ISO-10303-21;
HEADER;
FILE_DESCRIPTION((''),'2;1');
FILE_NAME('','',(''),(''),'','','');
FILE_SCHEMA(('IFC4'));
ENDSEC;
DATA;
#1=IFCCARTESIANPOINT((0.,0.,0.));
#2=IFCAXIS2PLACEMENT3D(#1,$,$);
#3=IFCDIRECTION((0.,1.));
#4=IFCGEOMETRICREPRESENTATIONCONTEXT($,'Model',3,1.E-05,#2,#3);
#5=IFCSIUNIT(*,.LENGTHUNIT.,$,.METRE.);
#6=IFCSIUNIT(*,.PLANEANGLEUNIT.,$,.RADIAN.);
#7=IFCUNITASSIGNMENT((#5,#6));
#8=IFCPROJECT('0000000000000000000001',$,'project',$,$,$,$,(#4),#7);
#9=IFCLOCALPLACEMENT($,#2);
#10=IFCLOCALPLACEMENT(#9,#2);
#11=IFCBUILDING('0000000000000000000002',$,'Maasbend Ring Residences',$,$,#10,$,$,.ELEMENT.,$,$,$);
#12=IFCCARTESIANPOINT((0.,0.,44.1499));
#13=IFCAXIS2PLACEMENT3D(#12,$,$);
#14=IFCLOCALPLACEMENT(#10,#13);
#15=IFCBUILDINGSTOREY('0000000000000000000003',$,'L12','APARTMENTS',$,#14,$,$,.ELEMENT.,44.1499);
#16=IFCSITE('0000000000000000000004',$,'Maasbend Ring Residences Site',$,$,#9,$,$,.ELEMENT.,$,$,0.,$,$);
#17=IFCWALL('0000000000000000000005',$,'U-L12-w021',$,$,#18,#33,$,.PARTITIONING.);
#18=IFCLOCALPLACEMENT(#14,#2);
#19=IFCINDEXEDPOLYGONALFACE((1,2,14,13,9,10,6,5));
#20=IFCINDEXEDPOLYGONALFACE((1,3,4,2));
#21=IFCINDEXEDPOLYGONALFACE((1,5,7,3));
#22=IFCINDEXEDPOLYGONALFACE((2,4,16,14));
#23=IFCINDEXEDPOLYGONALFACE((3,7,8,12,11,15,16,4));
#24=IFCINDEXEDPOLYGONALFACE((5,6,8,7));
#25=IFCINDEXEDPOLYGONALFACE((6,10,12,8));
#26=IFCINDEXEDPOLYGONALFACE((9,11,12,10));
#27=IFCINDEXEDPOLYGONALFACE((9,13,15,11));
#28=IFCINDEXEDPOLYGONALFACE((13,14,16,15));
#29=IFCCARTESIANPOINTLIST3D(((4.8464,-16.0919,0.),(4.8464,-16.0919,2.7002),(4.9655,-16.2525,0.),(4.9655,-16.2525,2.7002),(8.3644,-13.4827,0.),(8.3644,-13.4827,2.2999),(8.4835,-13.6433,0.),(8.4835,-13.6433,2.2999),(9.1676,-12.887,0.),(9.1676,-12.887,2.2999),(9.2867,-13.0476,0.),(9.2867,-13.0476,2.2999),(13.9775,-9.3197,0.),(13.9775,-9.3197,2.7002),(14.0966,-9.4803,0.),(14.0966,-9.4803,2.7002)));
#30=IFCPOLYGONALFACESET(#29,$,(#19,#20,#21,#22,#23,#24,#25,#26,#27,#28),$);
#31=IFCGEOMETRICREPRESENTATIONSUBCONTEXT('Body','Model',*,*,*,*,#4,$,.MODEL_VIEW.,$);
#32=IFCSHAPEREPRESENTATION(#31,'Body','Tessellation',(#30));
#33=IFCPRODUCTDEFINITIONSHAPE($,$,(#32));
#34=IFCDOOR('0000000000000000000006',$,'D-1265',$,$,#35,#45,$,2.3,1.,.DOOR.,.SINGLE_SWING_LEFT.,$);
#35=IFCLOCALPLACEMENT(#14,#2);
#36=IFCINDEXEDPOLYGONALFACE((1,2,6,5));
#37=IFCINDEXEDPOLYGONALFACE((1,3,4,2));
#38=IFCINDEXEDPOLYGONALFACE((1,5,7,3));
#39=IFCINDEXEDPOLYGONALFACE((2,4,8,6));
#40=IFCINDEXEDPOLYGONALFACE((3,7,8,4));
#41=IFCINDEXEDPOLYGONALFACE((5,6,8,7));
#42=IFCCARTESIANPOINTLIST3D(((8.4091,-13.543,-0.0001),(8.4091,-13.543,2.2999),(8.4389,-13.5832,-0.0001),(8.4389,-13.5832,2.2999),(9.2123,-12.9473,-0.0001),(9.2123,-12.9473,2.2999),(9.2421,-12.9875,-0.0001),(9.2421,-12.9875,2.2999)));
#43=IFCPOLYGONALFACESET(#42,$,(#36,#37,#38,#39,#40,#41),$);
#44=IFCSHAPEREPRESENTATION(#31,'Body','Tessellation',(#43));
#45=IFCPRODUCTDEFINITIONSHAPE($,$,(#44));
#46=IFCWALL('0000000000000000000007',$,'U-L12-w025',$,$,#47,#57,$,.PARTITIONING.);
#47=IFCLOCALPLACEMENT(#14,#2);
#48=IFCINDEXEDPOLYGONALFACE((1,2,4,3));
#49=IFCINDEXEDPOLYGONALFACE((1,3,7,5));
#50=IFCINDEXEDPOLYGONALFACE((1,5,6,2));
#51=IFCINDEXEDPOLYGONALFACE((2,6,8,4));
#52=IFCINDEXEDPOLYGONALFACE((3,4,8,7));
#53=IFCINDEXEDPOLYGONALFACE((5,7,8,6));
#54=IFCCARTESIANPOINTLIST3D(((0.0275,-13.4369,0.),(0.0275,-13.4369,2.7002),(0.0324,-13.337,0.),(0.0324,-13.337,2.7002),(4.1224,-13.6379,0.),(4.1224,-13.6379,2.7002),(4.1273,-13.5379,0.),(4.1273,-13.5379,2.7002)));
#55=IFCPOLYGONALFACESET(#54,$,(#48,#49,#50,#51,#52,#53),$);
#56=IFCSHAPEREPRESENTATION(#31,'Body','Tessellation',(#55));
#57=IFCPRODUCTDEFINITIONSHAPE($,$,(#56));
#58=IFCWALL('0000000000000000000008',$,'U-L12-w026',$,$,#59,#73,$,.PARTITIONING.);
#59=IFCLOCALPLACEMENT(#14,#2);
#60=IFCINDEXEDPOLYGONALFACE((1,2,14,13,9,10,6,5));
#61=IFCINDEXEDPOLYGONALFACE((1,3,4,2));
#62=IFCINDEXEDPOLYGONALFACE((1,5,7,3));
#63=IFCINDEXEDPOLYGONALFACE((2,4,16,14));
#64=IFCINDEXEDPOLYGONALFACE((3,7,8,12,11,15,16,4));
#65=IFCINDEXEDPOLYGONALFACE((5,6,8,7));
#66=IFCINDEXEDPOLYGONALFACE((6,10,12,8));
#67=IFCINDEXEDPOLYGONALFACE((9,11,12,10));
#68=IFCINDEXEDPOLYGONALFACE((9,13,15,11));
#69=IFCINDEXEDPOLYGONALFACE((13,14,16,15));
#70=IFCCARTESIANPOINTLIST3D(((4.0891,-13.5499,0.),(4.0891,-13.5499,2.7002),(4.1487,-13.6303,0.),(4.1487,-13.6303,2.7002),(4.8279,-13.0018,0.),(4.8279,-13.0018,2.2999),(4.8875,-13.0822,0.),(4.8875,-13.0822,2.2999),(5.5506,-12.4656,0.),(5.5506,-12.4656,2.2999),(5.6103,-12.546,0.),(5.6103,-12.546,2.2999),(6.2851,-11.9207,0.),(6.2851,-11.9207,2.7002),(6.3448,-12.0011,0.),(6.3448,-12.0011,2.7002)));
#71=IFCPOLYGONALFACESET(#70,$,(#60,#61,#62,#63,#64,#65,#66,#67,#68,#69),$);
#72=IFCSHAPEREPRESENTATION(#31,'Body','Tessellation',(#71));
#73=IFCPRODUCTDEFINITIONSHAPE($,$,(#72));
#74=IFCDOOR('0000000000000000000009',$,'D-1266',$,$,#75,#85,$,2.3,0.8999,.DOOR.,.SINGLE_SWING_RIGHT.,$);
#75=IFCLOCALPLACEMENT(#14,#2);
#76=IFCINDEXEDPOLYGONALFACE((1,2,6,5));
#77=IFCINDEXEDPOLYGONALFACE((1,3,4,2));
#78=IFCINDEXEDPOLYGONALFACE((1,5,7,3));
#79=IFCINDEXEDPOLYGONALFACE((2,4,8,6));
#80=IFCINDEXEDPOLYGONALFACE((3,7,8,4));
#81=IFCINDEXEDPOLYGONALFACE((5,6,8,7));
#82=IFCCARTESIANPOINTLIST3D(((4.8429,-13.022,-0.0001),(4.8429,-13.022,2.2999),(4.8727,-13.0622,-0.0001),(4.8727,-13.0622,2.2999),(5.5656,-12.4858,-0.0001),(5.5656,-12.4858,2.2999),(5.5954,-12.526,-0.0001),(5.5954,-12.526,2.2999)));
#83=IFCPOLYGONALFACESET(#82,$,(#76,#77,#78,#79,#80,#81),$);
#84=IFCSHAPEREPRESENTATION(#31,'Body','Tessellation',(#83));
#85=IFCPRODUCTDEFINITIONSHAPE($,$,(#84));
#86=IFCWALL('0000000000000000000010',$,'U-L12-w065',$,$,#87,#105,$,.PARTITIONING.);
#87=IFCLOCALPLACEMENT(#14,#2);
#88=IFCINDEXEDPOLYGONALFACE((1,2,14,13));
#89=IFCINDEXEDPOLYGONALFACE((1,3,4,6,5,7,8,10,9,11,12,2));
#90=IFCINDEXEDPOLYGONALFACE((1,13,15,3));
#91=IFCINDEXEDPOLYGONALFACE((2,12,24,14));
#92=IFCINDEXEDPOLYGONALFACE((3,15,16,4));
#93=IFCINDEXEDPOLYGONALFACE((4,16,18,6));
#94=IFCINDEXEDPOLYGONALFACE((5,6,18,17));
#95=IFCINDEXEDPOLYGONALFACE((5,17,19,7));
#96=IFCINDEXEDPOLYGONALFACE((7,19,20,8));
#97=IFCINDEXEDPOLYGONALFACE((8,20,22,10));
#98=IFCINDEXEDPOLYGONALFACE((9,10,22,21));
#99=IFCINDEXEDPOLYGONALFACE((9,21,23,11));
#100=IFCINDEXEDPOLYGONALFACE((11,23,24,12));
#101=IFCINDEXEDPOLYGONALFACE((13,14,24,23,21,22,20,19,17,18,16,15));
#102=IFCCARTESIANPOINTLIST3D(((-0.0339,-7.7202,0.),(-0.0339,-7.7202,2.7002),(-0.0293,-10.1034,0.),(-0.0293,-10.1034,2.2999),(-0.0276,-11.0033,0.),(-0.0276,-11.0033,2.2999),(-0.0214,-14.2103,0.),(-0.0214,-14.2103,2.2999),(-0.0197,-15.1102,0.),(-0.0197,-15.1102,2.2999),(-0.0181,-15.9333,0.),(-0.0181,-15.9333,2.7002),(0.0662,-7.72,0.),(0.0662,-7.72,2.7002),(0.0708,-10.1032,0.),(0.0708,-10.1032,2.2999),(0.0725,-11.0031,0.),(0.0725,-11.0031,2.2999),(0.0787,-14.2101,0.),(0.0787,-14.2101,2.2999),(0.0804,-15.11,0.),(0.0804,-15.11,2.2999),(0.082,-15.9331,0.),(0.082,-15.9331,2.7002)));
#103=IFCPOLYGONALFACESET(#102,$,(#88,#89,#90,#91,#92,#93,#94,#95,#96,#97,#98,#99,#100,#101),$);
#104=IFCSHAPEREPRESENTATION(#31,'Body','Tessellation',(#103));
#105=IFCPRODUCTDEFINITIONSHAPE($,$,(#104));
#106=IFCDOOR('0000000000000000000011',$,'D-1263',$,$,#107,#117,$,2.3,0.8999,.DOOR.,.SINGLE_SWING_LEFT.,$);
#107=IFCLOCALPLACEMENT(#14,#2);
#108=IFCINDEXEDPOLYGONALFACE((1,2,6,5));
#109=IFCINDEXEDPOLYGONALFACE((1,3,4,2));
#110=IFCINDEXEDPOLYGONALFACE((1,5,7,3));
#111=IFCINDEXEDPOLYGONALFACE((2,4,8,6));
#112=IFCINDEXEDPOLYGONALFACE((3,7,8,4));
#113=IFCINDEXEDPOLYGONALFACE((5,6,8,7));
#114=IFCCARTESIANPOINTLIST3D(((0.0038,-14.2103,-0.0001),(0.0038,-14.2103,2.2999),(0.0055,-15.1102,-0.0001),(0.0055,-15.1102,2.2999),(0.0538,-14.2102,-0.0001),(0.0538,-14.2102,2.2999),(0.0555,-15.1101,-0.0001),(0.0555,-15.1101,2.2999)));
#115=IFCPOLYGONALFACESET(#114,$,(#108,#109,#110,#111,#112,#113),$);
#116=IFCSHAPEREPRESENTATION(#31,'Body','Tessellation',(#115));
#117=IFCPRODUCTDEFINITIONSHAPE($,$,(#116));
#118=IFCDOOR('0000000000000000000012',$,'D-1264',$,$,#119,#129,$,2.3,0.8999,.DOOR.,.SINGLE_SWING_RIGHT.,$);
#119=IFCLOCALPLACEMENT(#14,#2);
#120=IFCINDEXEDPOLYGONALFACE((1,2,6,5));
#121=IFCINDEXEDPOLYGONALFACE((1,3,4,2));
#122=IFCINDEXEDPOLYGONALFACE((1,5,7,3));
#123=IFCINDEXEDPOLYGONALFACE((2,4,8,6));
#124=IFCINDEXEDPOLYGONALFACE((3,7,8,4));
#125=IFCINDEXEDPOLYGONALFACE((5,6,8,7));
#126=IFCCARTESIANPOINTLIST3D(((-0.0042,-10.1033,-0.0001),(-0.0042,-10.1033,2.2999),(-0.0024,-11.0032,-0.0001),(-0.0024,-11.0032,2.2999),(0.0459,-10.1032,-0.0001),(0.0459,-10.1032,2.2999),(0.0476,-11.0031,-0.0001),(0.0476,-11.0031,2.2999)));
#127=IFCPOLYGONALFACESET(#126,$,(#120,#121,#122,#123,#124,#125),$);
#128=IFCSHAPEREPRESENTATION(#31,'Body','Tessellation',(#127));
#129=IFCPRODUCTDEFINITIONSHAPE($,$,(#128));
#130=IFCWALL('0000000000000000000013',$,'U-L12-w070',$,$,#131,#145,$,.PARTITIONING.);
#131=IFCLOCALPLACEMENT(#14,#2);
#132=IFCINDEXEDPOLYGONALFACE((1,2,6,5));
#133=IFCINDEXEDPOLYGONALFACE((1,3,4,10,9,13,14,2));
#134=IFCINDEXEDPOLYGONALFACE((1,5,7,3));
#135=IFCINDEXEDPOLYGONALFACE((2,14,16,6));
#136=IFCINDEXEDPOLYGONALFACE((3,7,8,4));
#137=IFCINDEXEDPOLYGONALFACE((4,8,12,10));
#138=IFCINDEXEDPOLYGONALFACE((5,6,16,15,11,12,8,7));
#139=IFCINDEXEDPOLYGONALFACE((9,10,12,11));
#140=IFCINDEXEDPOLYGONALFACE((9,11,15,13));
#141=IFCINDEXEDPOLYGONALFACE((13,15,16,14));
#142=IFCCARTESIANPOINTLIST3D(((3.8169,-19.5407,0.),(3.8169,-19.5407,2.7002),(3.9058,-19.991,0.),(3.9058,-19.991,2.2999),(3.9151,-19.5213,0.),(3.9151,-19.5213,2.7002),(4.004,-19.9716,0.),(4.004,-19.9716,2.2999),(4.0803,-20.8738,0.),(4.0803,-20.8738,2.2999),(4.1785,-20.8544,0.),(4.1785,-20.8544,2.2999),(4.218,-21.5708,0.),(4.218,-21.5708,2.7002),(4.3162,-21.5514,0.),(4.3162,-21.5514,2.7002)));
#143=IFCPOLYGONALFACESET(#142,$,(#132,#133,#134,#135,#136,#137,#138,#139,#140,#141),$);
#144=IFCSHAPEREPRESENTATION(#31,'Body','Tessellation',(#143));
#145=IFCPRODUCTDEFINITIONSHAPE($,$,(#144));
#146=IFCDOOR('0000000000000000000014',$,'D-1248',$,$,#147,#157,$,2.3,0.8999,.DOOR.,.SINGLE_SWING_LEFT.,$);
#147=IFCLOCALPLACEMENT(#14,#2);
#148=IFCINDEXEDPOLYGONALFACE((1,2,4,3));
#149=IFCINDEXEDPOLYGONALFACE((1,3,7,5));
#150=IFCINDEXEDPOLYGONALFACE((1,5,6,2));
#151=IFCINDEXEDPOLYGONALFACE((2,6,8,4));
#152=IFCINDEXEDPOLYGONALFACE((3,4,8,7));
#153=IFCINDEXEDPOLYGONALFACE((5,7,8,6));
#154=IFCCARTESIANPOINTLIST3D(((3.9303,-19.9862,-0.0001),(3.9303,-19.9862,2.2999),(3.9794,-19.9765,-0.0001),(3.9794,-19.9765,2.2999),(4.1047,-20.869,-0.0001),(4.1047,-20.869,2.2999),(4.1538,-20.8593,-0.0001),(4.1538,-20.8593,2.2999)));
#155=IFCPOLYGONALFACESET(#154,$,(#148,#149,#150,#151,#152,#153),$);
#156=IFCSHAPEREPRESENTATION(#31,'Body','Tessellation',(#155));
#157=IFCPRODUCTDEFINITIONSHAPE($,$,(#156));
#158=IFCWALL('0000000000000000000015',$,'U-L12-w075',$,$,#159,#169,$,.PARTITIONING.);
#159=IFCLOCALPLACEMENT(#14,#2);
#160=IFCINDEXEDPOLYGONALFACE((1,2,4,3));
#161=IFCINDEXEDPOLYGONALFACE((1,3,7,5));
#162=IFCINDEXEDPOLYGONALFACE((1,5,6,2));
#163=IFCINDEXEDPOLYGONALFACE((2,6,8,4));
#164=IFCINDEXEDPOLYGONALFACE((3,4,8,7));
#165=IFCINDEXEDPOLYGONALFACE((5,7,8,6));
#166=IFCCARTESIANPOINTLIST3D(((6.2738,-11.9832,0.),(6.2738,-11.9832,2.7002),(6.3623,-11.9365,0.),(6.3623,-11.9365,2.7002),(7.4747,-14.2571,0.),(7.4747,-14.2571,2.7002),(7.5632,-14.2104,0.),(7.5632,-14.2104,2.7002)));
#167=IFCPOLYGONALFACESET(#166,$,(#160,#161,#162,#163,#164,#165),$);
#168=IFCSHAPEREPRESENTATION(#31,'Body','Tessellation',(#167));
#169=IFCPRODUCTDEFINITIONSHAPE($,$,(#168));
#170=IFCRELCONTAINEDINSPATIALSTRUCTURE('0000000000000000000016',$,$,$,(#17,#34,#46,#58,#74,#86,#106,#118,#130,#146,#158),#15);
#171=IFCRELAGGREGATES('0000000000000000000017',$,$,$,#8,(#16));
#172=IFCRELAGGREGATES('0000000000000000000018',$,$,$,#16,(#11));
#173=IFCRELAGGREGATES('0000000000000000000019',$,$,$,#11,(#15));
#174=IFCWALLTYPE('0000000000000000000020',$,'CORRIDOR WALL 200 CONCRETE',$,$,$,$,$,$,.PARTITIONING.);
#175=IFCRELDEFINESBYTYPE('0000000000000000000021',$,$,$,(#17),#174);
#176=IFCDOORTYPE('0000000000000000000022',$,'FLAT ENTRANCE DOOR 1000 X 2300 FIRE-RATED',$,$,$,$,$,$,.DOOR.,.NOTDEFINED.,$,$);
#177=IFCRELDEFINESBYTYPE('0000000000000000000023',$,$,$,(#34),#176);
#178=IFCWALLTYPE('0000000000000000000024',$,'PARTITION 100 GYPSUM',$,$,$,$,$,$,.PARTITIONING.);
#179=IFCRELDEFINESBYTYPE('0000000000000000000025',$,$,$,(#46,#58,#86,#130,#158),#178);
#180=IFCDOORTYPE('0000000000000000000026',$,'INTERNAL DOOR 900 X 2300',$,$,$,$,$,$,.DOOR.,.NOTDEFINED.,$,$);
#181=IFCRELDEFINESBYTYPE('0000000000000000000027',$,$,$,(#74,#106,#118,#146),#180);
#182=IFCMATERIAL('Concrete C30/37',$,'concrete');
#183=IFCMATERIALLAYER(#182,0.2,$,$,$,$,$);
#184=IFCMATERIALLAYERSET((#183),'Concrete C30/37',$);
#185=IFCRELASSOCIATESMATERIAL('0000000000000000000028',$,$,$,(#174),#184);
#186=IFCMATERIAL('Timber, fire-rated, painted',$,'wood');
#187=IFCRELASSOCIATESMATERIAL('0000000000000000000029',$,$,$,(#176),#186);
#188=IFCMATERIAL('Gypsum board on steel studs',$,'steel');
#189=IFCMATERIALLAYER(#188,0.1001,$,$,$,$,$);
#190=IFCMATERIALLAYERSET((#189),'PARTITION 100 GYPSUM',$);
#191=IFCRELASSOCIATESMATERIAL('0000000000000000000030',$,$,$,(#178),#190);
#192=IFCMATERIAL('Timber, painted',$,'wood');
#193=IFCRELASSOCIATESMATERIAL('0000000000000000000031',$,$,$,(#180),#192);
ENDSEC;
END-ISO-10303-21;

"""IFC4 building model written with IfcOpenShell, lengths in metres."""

from ifc_helpers import new_model, si_unit, direction, frame, frame_2d, origin, place, context, subcontext, project, spatial, rectangle, extrude, material, layer, layer_set, type_object, element, fill, save


model = new_model("IFC4")

# Units and contexts
model_context = context("Model", 3, precision=1e-05, world=origin(), true_north=direction((0.0, 1.0)))
body_context = subcontext(model_context, "Body", "Model", "MODEL_VIEW")
ifc_project = project(units=[si_unit("LENGTHUNIT", "METRE"), si_unit("PLANEANGLEUNIT", "RADIAN")], contexts=[model_context])

# Site, building, storey
site_placement = place(None, origin())
site = spatial("IfcSite", under=ifc_project, at=site_placement, Name="Maasbend Ring Residences Site", CompositionType="ELEMENT", RefElevation=0.0)
building_placement = place(site_placement, origin())
building = spatial("IfcBuilding", under=site, at=building_placement, Name="Maasbend Ring Residences", CompositionType="ELEMENT")
storey_placement = place(building_placement, frame((0.0, 0.0, 44.1499)))
storey = spatial("IfcBuildingStorey", under=building, at=storey_placement, Name="L12", Description="APARTMENTS", CompositionType="ELEMENT", Elevation=44.1499)

# Shared definitions
ifc_material_1 = material(Name="Concrete C30/37", Category="concrete")
ifc_layer_1 = layer(ifc_material_1, 0.2)
ifc_layer_set_1 = layer_set([ifc_layer_1], Name="Concrete C30/37")
wall_type_1 = type_object("IfcWallType", Name="CORRIDOR WALL 200 CONCRETE", PredefinedType="PARTITIONING", material=ifc_layer_set_1)

# Wall, opening, door
ifc_material_2 = material(Name="Timber, fire-rated, painted", Category="wood")
door_type_1 = type_object("IfcDoorType", Name="FLAT ENTRANCE DOOR 1000 X 2300 FIRE-RATED", OperationType="NOTDEFINED", PredefinedType="DOOR", material=ifc_material_2)
wall_1_placement = place(storey_placement, frame((4.906, -16.1721, 0.0), z_axis=(0.0, 0.0, 1.0), x_axis=(0.803202, 0.595707, 0.0)))
wall_1 = element("IfcWall", 1, at=wall_1_placement, inside=storey, type_object=wall_type_1, Name="U-L12-w021", PredefinedType="PARTITIONING", context=body_context, shape_type="SweptSolid", body=[
    extrude(rectangle(XDim=11.3684, YDim=0.2, at=frame_2d((5.6841, 0.0))), origin(), (0.0, 0.0, 1.0), 2.7002),
])
opening_1_placement = place(wall_1_placement, frame((4.3799, 0.0, 0.0)))
opening_1 = element("IfcOpeningElement", 2, at=opening_1_placement, cuts=wall_1, PredefinedType="OPENING", context=body_context, shape_type="SweptSolid", body=[
    extrude(rectangle(XDim=1.0, YDim=2.3, at=frame_2d((0.5, 1.1499))), frame((0.0, 0.1099, 0.0), z_axis=(0.0, -1.0, 0.0), x_axis=(1.0, 0.0, 0.0)), (0.0, 0.0, 1.0), 0.22),
])
door_1_placement = place(opening_1_placement, origin())
door_1 = element("IfcDoor", 3, at=door_1_placement, inside=storey, type_object=door_type_1, Name="D-1265", OperationType="SINGLE_SWING_LEFT", OverallHeight=2.3, OverallWidth=1.0, PredefinedType="DOOR", context=body_context, shape_type="SweptSolid", body=[
    extrude(rectangle(XDim=1.0, YDim=2.3, at=frame_2d((0.5, 1.1499))), frame((0.0, 0.0249, 0.0), z_axis=(0.0, -1.0, 0.0), x_axis=(1.0, 0.0, 0.0)), (0.0, 0.0, 1.0), 0.05),
])
fill(opening_1, door_1)

# Wall
ifc_material_3 = material(Name="Gypsum board on steel studs", Category="steel")
ifc_layer_2 = layer(ifc_material_3, 0.1001)
ifc_layer_set_2 = layer_set([ifc_layer_2], Name="PARTITION 100 GYPSUM")
wall_type_2 = type_object("IfcWallType", Name="PARTITION 100 GYPSUM", PredefinedType="PARTITIONING", material=ifc_layer_set_2)
wall_2_placement = place(storey_placement, frame((0.03, -13.387, 0.0), z_axis=(0.0, 0.0, 1.0), x_axis=(0.998798, -0.049008, 0.0)))
element("IfcWall", 4, at=wall_2_placement, inside=storey, type_object=wall_type_2, Name="U-L12-w025", PredefinedType="PARTITIONING", context=body_context, shape_type="SweptSolid", body=[
    extrude(rectangle(XDim=4.0999, YDim=0.1001, at=frame_2d((2.0498, 0.0))), origin(), (0.0, 0.0, 1.0), 2.7002),
])

# Wall, opening, door
wall_3_placement = place(storey_placement, frame((4.1189, -13.5901, 0.0), z_axis=(0.0, 0.0, 1.0), x_axis=(0.803128, 0.595806, 0.0)))
wall_3 = element("IfcWall", 5, at=wall_3_placement, inside=storey, type_object=wall_type_2, Name="U-L12-w026", PredefinedType="PARTITIONING", context=body_context, shape_type="SweptSolid", body=[
    extrude(rectangle(XDim=2.7344, YDim=0.1001, at=frame_2d((1.3672, 0.0))), origin(), (0.0, 0.0, 1.0), 2.7002),
])
opening_2_placement = place(wall_3_placement, frame((0.9199, 0.0, 0.0)))
opening_2 = element("IfcOpeningElement", 6, at=opening_2_placement, cuts=wall_3, PredefinedType="OPENING", context=body_context, shape_type="SweptSolid", body=[
    extrude(rectangle(XDim=0.8999, YDim=2.3, at=frame_2d((0.45, 1.1499))), frame((0.0, 0.0601, 0.0), z_axis=(0.0, -1.0, 0.0), x_axis=(1.0, 0.0, 0.0)), (0.0, 0.0, 1.0), 0.1201),
])
ifc_material_4 = material(Name="Timber, painted", Category="wood")
door_type_2 = type_object("IfcDoorType", Name="INTERNAL DOOR 900 X 2300", OperationType="NOTDEFINED", PredefinedType="DOOR", material=ifc_material_4)
door_2_placement = place(opening_2_placement, origin())
door_2 = element("IfcDoor", 7, at=door_2_placement, inside=storey, type_object=door_type_2, Name="D-1266", OperationType="SINGLE_SWING_RIGHT", OverallHeight=2.3, OverallWidth=0.8999, PredefinedType="DOOR", context=body_context, shape_type="SweptSolid", body=[
    extrude(rectangle(XDim=0.8999, YDim=2.3, at=frame_2d((0.45, 1.1499))), frame((0.0, 0.0249, 0.0), z_axis=(0.0, -1.0, 0.0), x_axis=(1.0, 0.0, 0.0)), (0.0, 0.0, 1.0), 0.05),
])
fill(opening_2, door_2)

# Wall, openings, doors
wall_4_placement = place(storey_placement, frame((0.032, -15.9331, 0.0), z_axis=(0.0, 0.0, 1.0), x_axis=(-0.001932, 0.999998, 0.0)))
wall_4 = element("IfcWall", 8, at=wall_4_placement, inside=storey, type_object=wall_type_2, Name="U-L12-w065", PredefinedType="PARTITIONING", context=body_context, shape_type="SweptSolid", body=[
    extrude(rectangle(XDim=8.2131, YDim=0.1001, at=frame_2d((4.1064, 0.0))), origin(), (0.0, 0.0, 1.0), 2.7002),
])
opening_3_placement = place(wall_4_placement, frame((0.823, 0.0, 0.0)))
opening_3 = element("IfcOpeningElement", 9, at=opening_3_placement, cuts=wall_4, PredefinedType="OPENING", context=body_context, shape_type="SweptSolid", body=[
    extrude(rectangle(XDim=0.8999, YDim=2.3, at=frame_2d((0.45, 1.1499))), frame((0.0, 0.0601, 0.0), z_axis=(0.0, -1.0, 0.0), x_axis=(1.0, 0.0, 0.0)), (0.0, 0.0, 1.0), 0.1201),
])
opening_4_placement = place(wall_4_placement, frame((4.9299, 0.0, 0.0)))
opening_4 = element("IfcOpeningElement", 10, at=opening_4_placement, cuts=wall_4, PredefinedType="OPENING", context=body_context, shape_type="SweptSolid", body=[
    extrude(rectangle(XDim=0.8999, YDim=2.3, at=frame_2d((0.45, 1.1499))), frame((0.0, 0.0601, 0.0), z_axis=(0.0, -1.0, 0.0), x_axis=(1.0, 0.0, 0.0)), (0.0, 0.0, 1.0), 0.1201),
])
door_3_placement = place(opening_3_placement, origin())
door_3 = element("IfcDoor", 11, at=door_3_placement, inside=storey, type_object=door_type_2, Name="D-1263", OperationType="SINGLE_SWING_LEFT", OverallHeight=2.3, OverallWidth=0.8999, PredefinedType="DOOR", context=body_context, shape_type="SweptSolid", body=[
    extrude(rectangle(XDim=0.8999, YDim=2.3, at=frame_2d((0.45, 1.1499))), frame((0.0, 0.0249, 0.0), z_axis=(0.0, -1.0, 0.0), x_axis=(1.0, 0.0, 0.0)), (0.0, 0.0, 1.0), 0.05),
])
fill(opening_3, door_3)
door_4_placement = place(opening_4_placement, origin())
door_4 = element("IfcDoor", 12, at=door_4_placement, inside=storey, type_object=door_type_2, Name="D-1264", OperationType="SINGLE_SWING_RIGHT", OverallHeight=2.3, OverallWidth=0.8999, PredefinedType="DOOR", context=body_context, shape_type="SweptSolid", body=[
    extrude(rectangle(XDim=0.8999, YDim=2.3, at=frame_2d((0.45, 1.1499))), frame((0.0, 0.0249, 0.0), z_axis=(0.0, -1.0, 0.0), x_axis=(1.0, 0.0, 0.0)), (0.0, 0.0, 1.0), 0.05),
])
fill(opening_4, door_4)

# Wall, opening, door
wall_5_placement = place(storey_placement, frame((3.866, -19.531, 0.0), z_axis=(0.0, 0.0, 1.0), x_axis=(0.193847, -0.981032, 0.0)))
wall_5 = element("IfcWall", 13, at=wall_5_placement, inside=storey, type_object=wall_type_2, Name="U-L12-w070", PredefinedType="PARTITIONING", context=body_context, shape_type="SweptSolid", body=[
    extrude(rectangle(XDim=2.0693, YDim=0.1001, at=frame_2d((1.0347, 0.0))), origin(), (0.0, 0.0, 1.0), 2.7002),
])
opening_5_placement = place(wall_5_placement, frame((0.459, 0.0, 0.0)))
opening_5 = element("IfcOpeningElement", 14, at=opening_5_placement, cuts=wall_5, PredefinedType="OPENING", context=body_context, shape_type="SweptSolid", body=[
    extrude(rectangle(XDim=0.8999, YDim=2.3, at=frame_2d((0.45, 1.1499))), frame((0.0, 0.0601, 0.0), z_axis=(0.0, -1.0, 0.0), x_axis=(1.0, 0.0, 0.0)), (0.0, 0.0, 1.0), 0.1201),
])
door_5_placement = place(opening_5_placement, origin())
door_5 = element("IfcDoor", 15, at=door_5_placement, inside=storey, type_object=door_type_2, Name="D-1248", OperationType="SINGLE_SWING_LEFT", OverallHeight=2.3, OverallWidth=0.8999, PredefinedType="DOOR", context=body_context, shape_type="SweptSolid", body=[
    extrude(rectangle(XDim=0.8999, YDim=2.3, at=frame_2d((0.45, 1.1499))), frame((0.0, 0.0249, 0.0), z_axis=(0.0, -1.0, 0.0), x_axis=(1.0, 0.0, 0.0)), (0.0, 0.0, 1.0), 0.05),
])
fill(opening_5, door_5)

# Wall
wall_6_placement = place(storey_placement, frame((6.3181, -11.96, 0.0), z_axis=(0.0, 0.0, 1.0), x_axis=(0.467002, -0.884256, 0.0)))
element("IfcWall", 16, at=wall_6_placement, inside=storey, type_object=wall_type_2, Name="U-L12-w075", PredefinedType="PARTITIONING", context=body_context, shape_type="SweptSolid", body=[
    extrude(rectangle(XDim=2.5715, YDim=0.1001, at=frame_2d((1.2856, 0.0))), origin(), (0.0, 0.0, 1.0), 2.7002),
])

save(model, "model.ifc")
